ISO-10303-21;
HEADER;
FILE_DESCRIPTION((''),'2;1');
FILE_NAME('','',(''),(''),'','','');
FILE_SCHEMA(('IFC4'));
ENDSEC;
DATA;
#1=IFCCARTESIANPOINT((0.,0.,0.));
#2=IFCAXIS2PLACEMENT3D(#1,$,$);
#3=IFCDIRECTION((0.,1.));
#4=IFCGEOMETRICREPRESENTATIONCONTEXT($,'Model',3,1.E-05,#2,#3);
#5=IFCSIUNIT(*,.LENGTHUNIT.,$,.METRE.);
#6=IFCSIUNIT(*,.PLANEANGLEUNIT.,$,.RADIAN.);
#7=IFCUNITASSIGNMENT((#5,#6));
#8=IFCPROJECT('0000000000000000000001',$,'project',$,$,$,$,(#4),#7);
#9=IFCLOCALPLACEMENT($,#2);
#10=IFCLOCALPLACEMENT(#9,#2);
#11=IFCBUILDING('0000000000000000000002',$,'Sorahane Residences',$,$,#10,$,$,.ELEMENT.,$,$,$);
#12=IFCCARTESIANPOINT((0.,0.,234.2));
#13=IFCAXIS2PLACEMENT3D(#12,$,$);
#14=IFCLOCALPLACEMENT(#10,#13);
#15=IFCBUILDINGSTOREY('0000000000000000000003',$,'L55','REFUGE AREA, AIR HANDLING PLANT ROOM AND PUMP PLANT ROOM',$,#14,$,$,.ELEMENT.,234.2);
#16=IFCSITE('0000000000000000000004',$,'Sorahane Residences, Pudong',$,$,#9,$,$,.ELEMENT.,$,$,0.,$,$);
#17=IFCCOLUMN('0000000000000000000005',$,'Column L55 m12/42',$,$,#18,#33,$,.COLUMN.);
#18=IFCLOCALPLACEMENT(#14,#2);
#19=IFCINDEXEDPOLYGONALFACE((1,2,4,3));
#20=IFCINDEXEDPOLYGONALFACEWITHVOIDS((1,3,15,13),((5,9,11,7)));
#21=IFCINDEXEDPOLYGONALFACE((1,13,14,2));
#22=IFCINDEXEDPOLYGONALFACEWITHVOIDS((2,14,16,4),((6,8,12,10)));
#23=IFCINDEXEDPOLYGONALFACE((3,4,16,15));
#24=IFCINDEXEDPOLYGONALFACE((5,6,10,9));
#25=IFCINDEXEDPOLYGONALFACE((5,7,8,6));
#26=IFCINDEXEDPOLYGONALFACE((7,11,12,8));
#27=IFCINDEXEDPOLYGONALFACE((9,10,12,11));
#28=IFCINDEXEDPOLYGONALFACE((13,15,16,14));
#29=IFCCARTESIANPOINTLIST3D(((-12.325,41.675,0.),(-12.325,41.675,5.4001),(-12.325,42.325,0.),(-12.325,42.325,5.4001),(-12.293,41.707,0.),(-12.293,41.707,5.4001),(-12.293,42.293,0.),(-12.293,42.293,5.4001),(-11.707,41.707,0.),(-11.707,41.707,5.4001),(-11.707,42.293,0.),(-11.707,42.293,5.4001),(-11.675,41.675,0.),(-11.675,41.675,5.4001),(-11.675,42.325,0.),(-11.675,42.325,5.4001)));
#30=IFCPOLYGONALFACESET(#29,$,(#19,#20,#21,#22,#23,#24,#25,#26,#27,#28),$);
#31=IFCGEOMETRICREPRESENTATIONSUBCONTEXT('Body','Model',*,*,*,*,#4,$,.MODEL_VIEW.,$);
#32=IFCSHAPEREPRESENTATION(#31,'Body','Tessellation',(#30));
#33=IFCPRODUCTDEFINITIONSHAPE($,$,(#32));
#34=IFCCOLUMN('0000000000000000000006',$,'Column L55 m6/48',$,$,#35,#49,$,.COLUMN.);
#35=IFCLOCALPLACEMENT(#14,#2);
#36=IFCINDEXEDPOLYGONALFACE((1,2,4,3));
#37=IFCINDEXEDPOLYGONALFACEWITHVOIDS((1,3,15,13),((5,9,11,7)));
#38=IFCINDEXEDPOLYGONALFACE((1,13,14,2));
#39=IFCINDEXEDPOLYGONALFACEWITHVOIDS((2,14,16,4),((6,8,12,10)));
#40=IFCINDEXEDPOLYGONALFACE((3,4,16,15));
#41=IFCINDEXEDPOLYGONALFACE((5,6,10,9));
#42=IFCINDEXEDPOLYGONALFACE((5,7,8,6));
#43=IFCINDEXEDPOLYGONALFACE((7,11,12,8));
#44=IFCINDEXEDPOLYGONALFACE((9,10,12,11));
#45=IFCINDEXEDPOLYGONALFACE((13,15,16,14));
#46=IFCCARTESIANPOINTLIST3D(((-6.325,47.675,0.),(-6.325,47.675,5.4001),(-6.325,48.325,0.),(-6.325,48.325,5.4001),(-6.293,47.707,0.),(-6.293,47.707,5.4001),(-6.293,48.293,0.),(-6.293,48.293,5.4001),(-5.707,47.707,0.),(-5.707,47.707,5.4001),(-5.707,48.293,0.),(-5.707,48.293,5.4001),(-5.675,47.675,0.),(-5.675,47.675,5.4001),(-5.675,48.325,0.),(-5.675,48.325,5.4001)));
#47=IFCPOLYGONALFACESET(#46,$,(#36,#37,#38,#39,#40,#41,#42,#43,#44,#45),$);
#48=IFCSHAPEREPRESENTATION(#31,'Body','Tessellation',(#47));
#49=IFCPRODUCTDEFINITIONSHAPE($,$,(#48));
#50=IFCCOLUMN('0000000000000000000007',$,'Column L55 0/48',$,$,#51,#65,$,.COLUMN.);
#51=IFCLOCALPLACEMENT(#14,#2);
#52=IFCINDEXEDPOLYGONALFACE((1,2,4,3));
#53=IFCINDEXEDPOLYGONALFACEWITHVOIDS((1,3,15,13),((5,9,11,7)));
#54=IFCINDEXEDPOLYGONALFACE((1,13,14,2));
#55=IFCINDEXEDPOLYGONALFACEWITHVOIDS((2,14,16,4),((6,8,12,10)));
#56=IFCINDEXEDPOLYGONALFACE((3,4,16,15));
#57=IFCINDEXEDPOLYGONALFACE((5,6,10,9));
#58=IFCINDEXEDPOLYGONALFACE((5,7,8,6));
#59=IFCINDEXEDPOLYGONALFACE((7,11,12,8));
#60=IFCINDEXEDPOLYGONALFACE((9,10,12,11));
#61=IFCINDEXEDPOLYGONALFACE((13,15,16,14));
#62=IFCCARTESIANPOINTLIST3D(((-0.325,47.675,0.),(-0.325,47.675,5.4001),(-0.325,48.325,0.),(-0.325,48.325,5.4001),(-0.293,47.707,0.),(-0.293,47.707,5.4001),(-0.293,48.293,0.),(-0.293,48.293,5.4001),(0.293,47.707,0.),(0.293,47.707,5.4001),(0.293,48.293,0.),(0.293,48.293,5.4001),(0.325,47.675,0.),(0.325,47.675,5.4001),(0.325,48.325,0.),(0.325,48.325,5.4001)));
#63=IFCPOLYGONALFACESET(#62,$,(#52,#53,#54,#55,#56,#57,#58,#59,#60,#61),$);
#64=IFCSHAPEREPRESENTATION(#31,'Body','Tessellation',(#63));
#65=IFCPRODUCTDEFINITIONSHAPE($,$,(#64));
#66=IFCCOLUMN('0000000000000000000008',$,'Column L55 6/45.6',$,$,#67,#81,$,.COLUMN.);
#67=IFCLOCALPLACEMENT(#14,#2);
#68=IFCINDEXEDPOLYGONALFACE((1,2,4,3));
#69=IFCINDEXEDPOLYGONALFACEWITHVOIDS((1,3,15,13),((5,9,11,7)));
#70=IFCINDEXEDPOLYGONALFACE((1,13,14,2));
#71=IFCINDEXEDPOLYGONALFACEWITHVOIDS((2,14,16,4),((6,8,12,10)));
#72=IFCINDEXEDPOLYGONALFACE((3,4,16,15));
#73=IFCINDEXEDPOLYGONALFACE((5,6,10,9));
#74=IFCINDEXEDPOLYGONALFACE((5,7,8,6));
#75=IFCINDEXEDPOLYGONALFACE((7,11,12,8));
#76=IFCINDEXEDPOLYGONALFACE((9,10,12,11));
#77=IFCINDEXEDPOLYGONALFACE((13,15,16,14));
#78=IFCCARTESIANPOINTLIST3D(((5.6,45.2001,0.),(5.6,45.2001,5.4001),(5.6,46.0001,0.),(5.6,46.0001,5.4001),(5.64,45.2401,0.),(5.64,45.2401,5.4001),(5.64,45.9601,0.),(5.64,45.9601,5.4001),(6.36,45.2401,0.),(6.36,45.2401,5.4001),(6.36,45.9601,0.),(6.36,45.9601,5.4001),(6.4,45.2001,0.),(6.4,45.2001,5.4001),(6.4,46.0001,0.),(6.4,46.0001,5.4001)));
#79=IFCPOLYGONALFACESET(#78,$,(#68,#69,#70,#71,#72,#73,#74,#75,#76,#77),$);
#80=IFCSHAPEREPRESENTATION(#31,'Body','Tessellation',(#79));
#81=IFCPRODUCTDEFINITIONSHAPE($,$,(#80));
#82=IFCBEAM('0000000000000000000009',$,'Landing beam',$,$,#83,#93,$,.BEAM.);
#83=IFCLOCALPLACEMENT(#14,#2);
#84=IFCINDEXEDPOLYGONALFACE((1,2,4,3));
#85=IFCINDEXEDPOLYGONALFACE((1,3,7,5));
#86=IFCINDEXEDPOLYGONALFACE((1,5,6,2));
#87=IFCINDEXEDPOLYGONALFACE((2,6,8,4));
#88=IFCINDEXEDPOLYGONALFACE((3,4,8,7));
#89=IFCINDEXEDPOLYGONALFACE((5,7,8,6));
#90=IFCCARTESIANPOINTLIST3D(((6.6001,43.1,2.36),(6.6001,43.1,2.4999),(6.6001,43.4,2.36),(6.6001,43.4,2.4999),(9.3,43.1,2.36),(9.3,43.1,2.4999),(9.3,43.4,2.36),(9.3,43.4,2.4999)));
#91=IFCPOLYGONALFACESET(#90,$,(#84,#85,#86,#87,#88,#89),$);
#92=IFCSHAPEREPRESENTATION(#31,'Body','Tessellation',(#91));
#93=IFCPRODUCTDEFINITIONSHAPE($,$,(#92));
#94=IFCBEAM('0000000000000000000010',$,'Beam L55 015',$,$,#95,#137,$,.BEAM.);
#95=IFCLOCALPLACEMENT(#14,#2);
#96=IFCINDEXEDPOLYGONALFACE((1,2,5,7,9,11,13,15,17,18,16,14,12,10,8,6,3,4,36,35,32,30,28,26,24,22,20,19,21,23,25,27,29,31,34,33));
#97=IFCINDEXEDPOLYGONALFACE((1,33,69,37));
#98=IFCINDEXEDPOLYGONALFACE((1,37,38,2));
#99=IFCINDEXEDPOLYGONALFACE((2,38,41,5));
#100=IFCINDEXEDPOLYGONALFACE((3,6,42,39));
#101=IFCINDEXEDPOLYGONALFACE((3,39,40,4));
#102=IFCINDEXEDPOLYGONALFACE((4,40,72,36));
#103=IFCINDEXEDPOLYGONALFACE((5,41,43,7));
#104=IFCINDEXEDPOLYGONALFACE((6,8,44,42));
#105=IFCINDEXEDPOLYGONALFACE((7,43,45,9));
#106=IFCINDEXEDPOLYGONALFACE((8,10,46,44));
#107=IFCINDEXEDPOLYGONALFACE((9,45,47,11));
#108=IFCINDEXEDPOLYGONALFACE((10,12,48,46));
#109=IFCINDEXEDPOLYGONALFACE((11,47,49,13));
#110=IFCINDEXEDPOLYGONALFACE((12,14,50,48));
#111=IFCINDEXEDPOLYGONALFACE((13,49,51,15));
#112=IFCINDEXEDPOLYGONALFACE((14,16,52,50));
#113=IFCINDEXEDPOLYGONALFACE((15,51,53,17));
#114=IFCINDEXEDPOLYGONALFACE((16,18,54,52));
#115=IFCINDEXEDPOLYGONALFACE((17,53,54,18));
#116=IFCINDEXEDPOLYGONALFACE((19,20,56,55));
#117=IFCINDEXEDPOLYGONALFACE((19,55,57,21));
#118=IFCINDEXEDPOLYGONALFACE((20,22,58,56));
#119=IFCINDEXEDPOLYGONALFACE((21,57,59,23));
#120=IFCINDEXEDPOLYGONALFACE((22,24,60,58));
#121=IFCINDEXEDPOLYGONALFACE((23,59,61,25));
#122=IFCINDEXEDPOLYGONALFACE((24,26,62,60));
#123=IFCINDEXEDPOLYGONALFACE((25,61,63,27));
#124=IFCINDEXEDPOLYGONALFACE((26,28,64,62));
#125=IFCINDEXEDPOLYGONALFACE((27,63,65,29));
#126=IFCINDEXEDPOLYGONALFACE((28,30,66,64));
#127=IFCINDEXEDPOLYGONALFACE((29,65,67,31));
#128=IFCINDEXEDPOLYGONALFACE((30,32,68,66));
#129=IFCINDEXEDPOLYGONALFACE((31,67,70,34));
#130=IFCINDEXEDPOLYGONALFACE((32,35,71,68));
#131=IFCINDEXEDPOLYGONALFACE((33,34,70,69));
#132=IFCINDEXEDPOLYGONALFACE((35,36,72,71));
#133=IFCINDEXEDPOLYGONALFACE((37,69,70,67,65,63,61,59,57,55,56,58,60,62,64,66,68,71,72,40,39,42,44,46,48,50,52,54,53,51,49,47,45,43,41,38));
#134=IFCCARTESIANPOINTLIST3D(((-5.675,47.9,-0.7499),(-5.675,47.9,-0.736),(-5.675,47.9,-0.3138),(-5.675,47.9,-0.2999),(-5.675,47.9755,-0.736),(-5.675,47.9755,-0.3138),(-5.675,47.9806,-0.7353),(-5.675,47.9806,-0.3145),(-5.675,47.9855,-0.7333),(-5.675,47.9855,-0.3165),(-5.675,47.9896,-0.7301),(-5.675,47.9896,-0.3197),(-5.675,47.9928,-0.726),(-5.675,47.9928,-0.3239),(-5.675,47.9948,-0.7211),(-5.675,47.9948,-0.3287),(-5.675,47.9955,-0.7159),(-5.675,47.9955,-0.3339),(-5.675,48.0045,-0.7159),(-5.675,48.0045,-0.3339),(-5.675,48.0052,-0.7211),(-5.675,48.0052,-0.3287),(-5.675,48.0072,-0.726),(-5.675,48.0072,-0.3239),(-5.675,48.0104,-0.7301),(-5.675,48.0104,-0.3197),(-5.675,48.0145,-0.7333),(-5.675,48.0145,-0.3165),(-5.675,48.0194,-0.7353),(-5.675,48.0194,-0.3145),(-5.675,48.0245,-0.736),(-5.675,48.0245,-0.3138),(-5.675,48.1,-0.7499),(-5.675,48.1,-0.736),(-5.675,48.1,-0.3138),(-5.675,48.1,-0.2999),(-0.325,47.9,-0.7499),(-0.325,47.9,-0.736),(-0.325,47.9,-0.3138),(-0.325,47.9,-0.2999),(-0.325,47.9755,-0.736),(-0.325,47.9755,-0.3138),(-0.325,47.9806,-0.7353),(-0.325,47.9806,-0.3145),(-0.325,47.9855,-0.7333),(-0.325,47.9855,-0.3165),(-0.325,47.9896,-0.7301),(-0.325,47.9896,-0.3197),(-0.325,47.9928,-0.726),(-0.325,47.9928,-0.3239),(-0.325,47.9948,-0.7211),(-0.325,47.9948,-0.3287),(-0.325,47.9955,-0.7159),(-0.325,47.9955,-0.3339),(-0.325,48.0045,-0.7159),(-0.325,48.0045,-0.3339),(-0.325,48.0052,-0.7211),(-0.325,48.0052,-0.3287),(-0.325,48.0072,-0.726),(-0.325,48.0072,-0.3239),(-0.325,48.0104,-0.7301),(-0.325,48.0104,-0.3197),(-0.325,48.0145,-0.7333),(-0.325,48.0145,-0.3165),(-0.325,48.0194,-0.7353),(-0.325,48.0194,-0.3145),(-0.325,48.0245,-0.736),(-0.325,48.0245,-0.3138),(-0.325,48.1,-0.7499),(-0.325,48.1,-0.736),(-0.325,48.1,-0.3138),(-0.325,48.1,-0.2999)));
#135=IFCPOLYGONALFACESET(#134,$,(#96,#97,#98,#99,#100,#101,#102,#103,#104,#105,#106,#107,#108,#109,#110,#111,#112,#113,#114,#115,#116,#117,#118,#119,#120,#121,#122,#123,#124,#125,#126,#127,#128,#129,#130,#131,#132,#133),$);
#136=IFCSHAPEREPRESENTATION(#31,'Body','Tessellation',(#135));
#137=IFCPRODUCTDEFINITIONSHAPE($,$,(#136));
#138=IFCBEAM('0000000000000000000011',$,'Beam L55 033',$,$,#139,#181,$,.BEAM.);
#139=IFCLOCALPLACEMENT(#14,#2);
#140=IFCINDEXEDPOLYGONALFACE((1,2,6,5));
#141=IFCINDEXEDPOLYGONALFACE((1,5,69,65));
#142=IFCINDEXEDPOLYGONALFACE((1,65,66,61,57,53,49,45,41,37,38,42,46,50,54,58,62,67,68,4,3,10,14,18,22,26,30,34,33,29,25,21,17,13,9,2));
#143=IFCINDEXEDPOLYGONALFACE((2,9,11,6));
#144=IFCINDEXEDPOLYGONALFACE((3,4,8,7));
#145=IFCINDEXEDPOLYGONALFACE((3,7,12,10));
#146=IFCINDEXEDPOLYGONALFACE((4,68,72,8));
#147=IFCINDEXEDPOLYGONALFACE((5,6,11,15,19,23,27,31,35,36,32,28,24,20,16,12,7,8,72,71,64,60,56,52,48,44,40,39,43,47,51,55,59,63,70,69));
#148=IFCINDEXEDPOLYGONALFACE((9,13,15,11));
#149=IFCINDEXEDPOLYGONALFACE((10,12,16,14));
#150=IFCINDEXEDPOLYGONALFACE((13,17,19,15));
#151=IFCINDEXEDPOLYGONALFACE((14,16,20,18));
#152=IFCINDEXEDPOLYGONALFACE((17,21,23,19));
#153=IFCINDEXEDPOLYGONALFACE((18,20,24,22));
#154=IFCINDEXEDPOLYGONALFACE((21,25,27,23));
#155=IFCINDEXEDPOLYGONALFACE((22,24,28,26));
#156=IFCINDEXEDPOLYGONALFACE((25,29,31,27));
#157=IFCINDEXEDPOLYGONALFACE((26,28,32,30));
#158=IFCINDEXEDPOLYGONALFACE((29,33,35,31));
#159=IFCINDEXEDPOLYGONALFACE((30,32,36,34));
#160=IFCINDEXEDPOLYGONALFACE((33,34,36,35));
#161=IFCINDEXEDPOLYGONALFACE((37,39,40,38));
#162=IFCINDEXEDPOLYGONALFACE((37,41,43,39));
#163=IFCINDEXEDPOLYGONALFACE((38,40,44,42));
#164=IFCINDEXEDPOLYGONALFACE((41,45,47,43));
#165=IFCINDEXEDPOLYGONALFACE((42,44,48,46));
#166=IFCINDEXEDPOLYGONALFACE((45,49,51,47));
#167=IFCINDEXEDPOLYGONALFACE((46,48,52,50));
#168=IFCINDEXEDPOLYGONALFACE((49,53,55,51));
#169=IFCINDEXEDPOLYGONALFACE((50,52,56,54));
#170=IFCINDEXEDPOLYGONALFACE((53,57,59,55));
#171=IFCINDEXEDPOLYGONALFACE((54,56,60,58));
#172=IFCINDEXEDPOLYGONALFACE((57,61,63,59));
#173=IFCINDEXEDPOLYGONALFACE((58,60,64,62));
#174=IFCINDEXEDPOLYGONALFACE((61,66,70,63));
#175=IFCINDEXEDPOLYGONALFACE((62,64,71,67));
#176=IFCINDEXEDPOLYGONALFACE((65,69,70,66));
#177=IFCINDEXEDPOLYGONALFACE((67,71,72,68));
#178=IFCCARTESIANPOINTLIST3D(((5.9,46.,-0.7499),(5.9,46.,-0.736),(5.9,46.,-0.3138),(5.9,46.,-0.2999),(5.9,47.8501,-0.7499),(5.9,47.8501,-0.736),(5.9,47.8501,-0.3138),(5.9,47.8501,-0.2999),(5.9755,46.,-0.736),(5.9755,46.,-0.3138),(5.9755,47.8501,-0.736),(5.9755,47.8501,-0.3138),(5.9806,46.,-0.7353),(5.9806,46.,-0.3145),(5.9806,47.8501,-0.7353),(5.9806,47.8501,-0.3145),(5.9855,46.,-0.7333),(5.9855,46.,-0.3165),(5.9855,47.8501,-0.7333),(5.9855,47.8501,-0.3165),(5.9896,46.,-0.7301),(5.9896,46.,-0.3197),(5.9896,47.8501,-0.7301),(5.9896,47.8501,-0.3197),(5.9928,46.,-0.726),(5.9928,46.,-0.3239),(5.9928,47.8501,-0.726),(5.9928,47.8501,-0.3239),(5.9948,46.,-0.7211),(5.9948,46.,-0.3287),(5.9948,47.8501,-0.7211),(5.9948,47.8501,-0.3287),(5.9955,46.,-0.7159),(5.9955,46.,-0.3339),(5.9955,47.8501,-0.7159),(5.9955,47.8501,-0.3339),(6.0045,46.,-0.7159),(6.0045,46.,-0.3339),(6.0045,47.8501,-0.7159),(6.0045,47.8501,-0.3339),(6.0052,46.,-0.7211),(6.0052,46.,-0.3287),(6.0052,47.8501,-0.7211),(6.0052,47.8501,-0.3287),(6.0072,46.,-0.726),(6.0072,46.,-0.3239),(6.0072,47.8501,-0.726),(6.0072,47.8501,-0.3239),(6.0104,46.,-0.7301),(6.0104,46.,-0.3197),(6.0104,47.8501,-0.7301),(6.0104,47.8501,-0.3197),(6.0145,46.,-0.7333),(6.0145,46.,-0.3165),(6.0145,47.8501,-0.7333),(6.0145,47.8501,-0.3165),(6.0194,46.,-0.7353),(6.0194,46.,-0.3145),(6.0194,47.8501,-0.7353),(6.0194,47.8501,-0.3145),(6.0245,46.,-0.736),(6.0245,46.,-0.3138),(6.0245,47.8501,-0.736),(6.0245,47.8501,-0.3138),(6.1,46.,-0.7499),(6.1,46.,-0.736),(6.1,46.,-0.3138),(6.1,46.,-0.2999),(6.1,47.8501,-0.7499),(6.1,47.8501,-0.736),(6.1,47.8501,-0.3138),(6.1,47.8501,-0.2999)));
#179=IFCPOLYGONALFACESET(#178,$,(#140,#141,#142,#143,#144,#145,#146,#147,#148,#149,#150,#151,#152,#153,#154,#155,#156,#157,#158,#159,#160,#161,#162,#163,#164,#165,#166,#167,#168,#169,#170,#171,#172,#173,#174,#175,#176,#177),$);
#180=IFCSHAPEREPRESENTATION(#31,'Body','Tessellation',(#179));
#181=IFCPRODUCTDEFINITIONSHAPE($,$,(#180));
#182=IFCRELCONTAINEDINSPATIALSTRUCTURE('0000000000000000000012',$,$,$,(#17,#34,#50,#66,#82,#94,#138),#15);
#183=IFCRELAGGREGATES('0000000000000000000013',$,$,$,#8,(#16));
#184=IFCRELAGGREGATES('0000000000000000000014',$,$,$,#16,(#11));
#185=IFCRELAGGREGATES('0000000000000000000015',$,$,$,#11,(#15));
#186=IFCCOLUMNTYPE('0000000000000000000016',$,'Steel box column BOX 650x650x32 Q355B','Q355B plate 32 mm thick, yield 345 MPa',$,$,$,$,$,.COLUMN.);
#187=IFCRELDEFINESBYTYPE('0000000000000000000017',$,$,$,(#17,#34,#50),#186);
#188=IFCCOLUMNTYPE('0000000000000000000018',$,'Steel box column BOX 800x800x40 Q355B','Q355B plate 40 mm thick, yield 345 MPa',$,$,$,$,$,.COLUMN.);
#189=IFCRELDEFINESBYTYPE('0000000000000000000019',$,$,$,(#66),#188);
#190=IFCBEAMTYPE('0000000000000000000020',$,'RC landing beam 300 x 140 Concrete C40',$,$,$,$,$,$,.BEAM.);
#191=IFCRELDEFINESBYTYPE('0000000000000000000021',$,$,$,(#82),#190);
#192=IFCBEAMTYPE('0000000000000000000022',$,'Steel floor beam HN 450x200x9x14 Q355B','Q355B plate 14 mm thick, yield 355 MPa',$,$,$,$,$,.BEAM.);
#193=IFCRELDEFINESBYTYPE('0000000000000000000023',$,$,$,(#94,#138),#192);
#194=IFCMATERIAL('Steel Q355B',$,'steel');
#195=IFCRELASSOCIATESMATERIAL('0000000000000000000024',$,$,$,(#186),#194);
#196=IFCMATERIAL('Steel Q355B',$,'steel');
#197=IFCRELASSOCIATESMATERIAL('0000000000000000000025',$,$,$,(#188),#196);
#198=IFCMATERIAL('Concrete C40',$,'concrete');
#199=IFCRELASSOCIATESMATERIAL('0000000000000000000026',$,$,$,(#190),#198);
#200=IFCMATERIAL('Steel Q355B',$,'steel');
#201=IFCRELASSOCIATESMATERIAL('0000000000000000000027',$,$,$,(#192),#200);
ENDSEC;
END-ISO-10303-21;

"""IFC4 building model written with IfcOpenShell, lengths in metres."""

from ifc_helpers import new_model, si_unit, direction, frame, origin, origin_2d, place, context, subcontext, project, spatial, rectangle, hollow_rectangle, i_section, extrude, material, material_profile, profile_set, type_object, element, save


model = new_model("IFC4")

# Units and contexts
model_context = context("Model", 3, precision=1e-05, world=origin(), true_north=direction((0.0, 1.0)))
body_context = subcontext(model_context, "Body", "Model", "MODEL_VIEW")
ifc_project = project(units=[si_unit("LENGTHUNIT", "METRE"), si_unit("PLANEANGLEUNIT", "RADIAN")], contexts=[model_context])

# Site, building, storey
site_placement = place(None, origin())
site = spatial("IfcSite", under=ifc_project, at=site_placement, Name="Sorahane Residences, Pudong", CompositionType="ELEMENT", RefElevation=0.0)
building_placement = place(site_placement, origin())
building = spatial("IfcBuilding", under=site, at=building_placement, Name="Sorahane Residences", CompositionType="ELEMENT")
storey_placement = place(building_placement, frame((0.0, 0.0, 234.2)))
storey = spatial("IfcBuildingStorey", under=building, at=storey_placement, Name="L55", Description="REFUGE AREA, AIR HANDLING PLANT ROOM AND PUMP PLANT ROOM", CompositionType="ELEMENT", Elevation=234.2)

# Columns
ifc_material_1 = material(Name="Steel Q355B", Category="steel")
ifc_material_profile_1 = material_profile(ifc_material_1, hollow_rectangle(XDim=0.6499, YDim=0.6499, WallThickness=0.032, at=origin_2d()), Name="BOX 650x650x32")
ifc_profile_set_1 = profile_set([ifc_material_profile_1], Name="Steel Q355B")
column_type_1 = type_object("IfcColumnType", Name="Steel box column BOX 650x650x32 Q355B", Description="Q355B plate 32 mm thick, yield 345 MPa", PredefinedType="COLUMN", material=ifc_profile_set_1)
for number, where, z_axis, x_axis, name in (
    (1, (-12.0, 42.0, 0.0), (0.0, 0.0, 1.0), (1.0, 0.0, 0.0), "Column L55 m12/42"),
    (2, (-6.0, 48.0, 0.0), (0.0, 0.0, 1.0), (1.0, 0.0, 0.0), "Column L55 m6/48"),
    (3, (0.0, 48.0, 0.0), (0.0, 0.0, 1.0), (1.0, 0.0, 0.0), "Column L55 0/48"),
):
    element("IfcColumn", number, at=place(storey_placement, frame(where, z_axis=z_axis, x_axis=x_axis)), inside=storey, type_object=column_type_1, Name=name, PredefinedType="COLUMN", context=body_context, shape_type="SweptSolid", body=[
        extrude(hollow_rectangle(XDim=0.6499, YDim=0.6499, WallThickness=0.032, at=origin_2d()), origin(), (0.0, 0.0, 1.0), 5.4001),
    ])
ifc_material_2 = material(Name="Steel Q355B", Category="steel")
ifc_material_profile_2 = material_profile(ifc_material_2, hollow_rectangle(XDim=0.8, YDim=0.8, WallThickness=0.04, at=origin_2d()), Name="BOX 800x800x40")
ifc_profile_set_2 = profile_set([ifc_material_profile_2], Name="Steel Q355B")
column_type_2 = type_object("IfcColumnType", Name="Steel box column BOX 800x800x40 Q355B", Description="Q355B plate 40 mm thick, yield 345 MPa", PredefinedType="COLUMN", material=ifc_profile_set_2)
column_placement = place(storey_placement, frame((6.0, 45.6001, 0.0), z_axis=(0.0, 0.0, 1.0), x_axis=(1.0, 0.0, 0.0)))
element("IfcColumn", 4, at=column_placement, inside=storey, type_object=column_type_2, Name="Column L55 6/45.6", PredefinedType="COLUMN", context=body_context, shape_type="SweptSolid", body=[
    extrude(hollow_rectangle(XDim=0.8, YDim=0.8, WallThickness=0.04, at=origin_2d()), origin(), (0.0, 0.0, 1.0), 5.4001),
])

# Beams
ifc_material_3 = material(Name="Concrete C40", Category="concrete")
ifc_material_profile_3 = material_profile(ifc_material_3, rectangle(XDim=0.3, YDim=0.1399, at=origin_2d()), Name="300x140")
ifc_profile_set_3 = profile_set([ifc_material_profile_3], Name="Concrete C40")
beam_type_1 = type_object("IfcBeamType", Name="RC landing beam 300 x 140 Concrete C40", PredefinedType="BEAM", material=ifc_profile_set_3)
beam_1_placement = place(storey_placement, frame((6.6001, 43.25, 2.4299), z_axis=(1.0, 0.0, 0.0), x_axis=(0.0, 1.0, 0.0)))
element("IfcBeam", 5, at=beam_1_placement, inside=storey, type_object=beam_type_1, Name="Landing beam", PredefinedType="BEAM", context=body_context, shape_type="SweptSolid", body=[
    extrude(rectangle(XDim=0.3, YDim=0.1399, at=origin_2d()), origin(), (0.0, 0.0, 1.0), 2.7),
])
ifc_material_4 = material(Name="Steel Q355B", Category="steel")
ifc_material_profile_4 = material_profile(ifc_material_4, i_section(OverallWidth=0.2, OverallDepth=0.45, WebThickness=0.009, FlangeThickness=0.0139, FilletRadius=0.02, at=origin_2d()), Name="HN 450x200x9x14")
ifc_profile_set_4 = profile_set([ifc_material_profile_4], Name="Steel Q355B")
beam_type_2 = type_object("IfcBeamType", Name="Steel floor beam HN 450x200x9x14 Q355B", Description="Q355B plate 14 mm thick, yield 355 MPa", PredefinedType="BEAM", material=ifc_profile_set_4)
beam_2_placement = place(storey_placement, frame((-5.675, 48.0, -0.5249), z_axis=(1.0, 0.0, 0.0), x_axis=(0.0, 1.0, 0.0)))
element("IfcBeam", 6, at=beam_2_placement, inside=storey, type_object=beam_type_2, Name="Beam L55 015", PredefinedType="BEAM", context=body_context, shape_type="SweptSolid", body=[
    extrude(i_section(OverallWidth=0.2, OverallDepth=0.45, WebThickness=0.009, FlangeThickness=0.0139, FilletRadius=0.02, at=origin_2d()), origin(), (0.0, 0.0, 1.0), 5.3501),
])
beam_3_placement = place(storey_placement, frame((6.0, 46.0, -0.5249), z_axis=(0.0, 1.0, 0.0), x_axis=(-1.0, 0.0, 0.0)))
element("IfcBeam", 7, at=beam_3_placement, inside=storey, type_object=beam_type_2, Name="Beam L55 033", PredefinedType="BEAM", context=body_context, shape_type="SweptSolid", body=[
    extrude(i_section(OverallWidth=0.2, OverallDepth=0.45, WebThickness=0.009, FlangeThickness=0.0139, FilletRadius=0.02, at=origin_2d()), origin(), (0.0, 0.0, 1.0), 1.8501),
])

save(model, "model.ifc")
